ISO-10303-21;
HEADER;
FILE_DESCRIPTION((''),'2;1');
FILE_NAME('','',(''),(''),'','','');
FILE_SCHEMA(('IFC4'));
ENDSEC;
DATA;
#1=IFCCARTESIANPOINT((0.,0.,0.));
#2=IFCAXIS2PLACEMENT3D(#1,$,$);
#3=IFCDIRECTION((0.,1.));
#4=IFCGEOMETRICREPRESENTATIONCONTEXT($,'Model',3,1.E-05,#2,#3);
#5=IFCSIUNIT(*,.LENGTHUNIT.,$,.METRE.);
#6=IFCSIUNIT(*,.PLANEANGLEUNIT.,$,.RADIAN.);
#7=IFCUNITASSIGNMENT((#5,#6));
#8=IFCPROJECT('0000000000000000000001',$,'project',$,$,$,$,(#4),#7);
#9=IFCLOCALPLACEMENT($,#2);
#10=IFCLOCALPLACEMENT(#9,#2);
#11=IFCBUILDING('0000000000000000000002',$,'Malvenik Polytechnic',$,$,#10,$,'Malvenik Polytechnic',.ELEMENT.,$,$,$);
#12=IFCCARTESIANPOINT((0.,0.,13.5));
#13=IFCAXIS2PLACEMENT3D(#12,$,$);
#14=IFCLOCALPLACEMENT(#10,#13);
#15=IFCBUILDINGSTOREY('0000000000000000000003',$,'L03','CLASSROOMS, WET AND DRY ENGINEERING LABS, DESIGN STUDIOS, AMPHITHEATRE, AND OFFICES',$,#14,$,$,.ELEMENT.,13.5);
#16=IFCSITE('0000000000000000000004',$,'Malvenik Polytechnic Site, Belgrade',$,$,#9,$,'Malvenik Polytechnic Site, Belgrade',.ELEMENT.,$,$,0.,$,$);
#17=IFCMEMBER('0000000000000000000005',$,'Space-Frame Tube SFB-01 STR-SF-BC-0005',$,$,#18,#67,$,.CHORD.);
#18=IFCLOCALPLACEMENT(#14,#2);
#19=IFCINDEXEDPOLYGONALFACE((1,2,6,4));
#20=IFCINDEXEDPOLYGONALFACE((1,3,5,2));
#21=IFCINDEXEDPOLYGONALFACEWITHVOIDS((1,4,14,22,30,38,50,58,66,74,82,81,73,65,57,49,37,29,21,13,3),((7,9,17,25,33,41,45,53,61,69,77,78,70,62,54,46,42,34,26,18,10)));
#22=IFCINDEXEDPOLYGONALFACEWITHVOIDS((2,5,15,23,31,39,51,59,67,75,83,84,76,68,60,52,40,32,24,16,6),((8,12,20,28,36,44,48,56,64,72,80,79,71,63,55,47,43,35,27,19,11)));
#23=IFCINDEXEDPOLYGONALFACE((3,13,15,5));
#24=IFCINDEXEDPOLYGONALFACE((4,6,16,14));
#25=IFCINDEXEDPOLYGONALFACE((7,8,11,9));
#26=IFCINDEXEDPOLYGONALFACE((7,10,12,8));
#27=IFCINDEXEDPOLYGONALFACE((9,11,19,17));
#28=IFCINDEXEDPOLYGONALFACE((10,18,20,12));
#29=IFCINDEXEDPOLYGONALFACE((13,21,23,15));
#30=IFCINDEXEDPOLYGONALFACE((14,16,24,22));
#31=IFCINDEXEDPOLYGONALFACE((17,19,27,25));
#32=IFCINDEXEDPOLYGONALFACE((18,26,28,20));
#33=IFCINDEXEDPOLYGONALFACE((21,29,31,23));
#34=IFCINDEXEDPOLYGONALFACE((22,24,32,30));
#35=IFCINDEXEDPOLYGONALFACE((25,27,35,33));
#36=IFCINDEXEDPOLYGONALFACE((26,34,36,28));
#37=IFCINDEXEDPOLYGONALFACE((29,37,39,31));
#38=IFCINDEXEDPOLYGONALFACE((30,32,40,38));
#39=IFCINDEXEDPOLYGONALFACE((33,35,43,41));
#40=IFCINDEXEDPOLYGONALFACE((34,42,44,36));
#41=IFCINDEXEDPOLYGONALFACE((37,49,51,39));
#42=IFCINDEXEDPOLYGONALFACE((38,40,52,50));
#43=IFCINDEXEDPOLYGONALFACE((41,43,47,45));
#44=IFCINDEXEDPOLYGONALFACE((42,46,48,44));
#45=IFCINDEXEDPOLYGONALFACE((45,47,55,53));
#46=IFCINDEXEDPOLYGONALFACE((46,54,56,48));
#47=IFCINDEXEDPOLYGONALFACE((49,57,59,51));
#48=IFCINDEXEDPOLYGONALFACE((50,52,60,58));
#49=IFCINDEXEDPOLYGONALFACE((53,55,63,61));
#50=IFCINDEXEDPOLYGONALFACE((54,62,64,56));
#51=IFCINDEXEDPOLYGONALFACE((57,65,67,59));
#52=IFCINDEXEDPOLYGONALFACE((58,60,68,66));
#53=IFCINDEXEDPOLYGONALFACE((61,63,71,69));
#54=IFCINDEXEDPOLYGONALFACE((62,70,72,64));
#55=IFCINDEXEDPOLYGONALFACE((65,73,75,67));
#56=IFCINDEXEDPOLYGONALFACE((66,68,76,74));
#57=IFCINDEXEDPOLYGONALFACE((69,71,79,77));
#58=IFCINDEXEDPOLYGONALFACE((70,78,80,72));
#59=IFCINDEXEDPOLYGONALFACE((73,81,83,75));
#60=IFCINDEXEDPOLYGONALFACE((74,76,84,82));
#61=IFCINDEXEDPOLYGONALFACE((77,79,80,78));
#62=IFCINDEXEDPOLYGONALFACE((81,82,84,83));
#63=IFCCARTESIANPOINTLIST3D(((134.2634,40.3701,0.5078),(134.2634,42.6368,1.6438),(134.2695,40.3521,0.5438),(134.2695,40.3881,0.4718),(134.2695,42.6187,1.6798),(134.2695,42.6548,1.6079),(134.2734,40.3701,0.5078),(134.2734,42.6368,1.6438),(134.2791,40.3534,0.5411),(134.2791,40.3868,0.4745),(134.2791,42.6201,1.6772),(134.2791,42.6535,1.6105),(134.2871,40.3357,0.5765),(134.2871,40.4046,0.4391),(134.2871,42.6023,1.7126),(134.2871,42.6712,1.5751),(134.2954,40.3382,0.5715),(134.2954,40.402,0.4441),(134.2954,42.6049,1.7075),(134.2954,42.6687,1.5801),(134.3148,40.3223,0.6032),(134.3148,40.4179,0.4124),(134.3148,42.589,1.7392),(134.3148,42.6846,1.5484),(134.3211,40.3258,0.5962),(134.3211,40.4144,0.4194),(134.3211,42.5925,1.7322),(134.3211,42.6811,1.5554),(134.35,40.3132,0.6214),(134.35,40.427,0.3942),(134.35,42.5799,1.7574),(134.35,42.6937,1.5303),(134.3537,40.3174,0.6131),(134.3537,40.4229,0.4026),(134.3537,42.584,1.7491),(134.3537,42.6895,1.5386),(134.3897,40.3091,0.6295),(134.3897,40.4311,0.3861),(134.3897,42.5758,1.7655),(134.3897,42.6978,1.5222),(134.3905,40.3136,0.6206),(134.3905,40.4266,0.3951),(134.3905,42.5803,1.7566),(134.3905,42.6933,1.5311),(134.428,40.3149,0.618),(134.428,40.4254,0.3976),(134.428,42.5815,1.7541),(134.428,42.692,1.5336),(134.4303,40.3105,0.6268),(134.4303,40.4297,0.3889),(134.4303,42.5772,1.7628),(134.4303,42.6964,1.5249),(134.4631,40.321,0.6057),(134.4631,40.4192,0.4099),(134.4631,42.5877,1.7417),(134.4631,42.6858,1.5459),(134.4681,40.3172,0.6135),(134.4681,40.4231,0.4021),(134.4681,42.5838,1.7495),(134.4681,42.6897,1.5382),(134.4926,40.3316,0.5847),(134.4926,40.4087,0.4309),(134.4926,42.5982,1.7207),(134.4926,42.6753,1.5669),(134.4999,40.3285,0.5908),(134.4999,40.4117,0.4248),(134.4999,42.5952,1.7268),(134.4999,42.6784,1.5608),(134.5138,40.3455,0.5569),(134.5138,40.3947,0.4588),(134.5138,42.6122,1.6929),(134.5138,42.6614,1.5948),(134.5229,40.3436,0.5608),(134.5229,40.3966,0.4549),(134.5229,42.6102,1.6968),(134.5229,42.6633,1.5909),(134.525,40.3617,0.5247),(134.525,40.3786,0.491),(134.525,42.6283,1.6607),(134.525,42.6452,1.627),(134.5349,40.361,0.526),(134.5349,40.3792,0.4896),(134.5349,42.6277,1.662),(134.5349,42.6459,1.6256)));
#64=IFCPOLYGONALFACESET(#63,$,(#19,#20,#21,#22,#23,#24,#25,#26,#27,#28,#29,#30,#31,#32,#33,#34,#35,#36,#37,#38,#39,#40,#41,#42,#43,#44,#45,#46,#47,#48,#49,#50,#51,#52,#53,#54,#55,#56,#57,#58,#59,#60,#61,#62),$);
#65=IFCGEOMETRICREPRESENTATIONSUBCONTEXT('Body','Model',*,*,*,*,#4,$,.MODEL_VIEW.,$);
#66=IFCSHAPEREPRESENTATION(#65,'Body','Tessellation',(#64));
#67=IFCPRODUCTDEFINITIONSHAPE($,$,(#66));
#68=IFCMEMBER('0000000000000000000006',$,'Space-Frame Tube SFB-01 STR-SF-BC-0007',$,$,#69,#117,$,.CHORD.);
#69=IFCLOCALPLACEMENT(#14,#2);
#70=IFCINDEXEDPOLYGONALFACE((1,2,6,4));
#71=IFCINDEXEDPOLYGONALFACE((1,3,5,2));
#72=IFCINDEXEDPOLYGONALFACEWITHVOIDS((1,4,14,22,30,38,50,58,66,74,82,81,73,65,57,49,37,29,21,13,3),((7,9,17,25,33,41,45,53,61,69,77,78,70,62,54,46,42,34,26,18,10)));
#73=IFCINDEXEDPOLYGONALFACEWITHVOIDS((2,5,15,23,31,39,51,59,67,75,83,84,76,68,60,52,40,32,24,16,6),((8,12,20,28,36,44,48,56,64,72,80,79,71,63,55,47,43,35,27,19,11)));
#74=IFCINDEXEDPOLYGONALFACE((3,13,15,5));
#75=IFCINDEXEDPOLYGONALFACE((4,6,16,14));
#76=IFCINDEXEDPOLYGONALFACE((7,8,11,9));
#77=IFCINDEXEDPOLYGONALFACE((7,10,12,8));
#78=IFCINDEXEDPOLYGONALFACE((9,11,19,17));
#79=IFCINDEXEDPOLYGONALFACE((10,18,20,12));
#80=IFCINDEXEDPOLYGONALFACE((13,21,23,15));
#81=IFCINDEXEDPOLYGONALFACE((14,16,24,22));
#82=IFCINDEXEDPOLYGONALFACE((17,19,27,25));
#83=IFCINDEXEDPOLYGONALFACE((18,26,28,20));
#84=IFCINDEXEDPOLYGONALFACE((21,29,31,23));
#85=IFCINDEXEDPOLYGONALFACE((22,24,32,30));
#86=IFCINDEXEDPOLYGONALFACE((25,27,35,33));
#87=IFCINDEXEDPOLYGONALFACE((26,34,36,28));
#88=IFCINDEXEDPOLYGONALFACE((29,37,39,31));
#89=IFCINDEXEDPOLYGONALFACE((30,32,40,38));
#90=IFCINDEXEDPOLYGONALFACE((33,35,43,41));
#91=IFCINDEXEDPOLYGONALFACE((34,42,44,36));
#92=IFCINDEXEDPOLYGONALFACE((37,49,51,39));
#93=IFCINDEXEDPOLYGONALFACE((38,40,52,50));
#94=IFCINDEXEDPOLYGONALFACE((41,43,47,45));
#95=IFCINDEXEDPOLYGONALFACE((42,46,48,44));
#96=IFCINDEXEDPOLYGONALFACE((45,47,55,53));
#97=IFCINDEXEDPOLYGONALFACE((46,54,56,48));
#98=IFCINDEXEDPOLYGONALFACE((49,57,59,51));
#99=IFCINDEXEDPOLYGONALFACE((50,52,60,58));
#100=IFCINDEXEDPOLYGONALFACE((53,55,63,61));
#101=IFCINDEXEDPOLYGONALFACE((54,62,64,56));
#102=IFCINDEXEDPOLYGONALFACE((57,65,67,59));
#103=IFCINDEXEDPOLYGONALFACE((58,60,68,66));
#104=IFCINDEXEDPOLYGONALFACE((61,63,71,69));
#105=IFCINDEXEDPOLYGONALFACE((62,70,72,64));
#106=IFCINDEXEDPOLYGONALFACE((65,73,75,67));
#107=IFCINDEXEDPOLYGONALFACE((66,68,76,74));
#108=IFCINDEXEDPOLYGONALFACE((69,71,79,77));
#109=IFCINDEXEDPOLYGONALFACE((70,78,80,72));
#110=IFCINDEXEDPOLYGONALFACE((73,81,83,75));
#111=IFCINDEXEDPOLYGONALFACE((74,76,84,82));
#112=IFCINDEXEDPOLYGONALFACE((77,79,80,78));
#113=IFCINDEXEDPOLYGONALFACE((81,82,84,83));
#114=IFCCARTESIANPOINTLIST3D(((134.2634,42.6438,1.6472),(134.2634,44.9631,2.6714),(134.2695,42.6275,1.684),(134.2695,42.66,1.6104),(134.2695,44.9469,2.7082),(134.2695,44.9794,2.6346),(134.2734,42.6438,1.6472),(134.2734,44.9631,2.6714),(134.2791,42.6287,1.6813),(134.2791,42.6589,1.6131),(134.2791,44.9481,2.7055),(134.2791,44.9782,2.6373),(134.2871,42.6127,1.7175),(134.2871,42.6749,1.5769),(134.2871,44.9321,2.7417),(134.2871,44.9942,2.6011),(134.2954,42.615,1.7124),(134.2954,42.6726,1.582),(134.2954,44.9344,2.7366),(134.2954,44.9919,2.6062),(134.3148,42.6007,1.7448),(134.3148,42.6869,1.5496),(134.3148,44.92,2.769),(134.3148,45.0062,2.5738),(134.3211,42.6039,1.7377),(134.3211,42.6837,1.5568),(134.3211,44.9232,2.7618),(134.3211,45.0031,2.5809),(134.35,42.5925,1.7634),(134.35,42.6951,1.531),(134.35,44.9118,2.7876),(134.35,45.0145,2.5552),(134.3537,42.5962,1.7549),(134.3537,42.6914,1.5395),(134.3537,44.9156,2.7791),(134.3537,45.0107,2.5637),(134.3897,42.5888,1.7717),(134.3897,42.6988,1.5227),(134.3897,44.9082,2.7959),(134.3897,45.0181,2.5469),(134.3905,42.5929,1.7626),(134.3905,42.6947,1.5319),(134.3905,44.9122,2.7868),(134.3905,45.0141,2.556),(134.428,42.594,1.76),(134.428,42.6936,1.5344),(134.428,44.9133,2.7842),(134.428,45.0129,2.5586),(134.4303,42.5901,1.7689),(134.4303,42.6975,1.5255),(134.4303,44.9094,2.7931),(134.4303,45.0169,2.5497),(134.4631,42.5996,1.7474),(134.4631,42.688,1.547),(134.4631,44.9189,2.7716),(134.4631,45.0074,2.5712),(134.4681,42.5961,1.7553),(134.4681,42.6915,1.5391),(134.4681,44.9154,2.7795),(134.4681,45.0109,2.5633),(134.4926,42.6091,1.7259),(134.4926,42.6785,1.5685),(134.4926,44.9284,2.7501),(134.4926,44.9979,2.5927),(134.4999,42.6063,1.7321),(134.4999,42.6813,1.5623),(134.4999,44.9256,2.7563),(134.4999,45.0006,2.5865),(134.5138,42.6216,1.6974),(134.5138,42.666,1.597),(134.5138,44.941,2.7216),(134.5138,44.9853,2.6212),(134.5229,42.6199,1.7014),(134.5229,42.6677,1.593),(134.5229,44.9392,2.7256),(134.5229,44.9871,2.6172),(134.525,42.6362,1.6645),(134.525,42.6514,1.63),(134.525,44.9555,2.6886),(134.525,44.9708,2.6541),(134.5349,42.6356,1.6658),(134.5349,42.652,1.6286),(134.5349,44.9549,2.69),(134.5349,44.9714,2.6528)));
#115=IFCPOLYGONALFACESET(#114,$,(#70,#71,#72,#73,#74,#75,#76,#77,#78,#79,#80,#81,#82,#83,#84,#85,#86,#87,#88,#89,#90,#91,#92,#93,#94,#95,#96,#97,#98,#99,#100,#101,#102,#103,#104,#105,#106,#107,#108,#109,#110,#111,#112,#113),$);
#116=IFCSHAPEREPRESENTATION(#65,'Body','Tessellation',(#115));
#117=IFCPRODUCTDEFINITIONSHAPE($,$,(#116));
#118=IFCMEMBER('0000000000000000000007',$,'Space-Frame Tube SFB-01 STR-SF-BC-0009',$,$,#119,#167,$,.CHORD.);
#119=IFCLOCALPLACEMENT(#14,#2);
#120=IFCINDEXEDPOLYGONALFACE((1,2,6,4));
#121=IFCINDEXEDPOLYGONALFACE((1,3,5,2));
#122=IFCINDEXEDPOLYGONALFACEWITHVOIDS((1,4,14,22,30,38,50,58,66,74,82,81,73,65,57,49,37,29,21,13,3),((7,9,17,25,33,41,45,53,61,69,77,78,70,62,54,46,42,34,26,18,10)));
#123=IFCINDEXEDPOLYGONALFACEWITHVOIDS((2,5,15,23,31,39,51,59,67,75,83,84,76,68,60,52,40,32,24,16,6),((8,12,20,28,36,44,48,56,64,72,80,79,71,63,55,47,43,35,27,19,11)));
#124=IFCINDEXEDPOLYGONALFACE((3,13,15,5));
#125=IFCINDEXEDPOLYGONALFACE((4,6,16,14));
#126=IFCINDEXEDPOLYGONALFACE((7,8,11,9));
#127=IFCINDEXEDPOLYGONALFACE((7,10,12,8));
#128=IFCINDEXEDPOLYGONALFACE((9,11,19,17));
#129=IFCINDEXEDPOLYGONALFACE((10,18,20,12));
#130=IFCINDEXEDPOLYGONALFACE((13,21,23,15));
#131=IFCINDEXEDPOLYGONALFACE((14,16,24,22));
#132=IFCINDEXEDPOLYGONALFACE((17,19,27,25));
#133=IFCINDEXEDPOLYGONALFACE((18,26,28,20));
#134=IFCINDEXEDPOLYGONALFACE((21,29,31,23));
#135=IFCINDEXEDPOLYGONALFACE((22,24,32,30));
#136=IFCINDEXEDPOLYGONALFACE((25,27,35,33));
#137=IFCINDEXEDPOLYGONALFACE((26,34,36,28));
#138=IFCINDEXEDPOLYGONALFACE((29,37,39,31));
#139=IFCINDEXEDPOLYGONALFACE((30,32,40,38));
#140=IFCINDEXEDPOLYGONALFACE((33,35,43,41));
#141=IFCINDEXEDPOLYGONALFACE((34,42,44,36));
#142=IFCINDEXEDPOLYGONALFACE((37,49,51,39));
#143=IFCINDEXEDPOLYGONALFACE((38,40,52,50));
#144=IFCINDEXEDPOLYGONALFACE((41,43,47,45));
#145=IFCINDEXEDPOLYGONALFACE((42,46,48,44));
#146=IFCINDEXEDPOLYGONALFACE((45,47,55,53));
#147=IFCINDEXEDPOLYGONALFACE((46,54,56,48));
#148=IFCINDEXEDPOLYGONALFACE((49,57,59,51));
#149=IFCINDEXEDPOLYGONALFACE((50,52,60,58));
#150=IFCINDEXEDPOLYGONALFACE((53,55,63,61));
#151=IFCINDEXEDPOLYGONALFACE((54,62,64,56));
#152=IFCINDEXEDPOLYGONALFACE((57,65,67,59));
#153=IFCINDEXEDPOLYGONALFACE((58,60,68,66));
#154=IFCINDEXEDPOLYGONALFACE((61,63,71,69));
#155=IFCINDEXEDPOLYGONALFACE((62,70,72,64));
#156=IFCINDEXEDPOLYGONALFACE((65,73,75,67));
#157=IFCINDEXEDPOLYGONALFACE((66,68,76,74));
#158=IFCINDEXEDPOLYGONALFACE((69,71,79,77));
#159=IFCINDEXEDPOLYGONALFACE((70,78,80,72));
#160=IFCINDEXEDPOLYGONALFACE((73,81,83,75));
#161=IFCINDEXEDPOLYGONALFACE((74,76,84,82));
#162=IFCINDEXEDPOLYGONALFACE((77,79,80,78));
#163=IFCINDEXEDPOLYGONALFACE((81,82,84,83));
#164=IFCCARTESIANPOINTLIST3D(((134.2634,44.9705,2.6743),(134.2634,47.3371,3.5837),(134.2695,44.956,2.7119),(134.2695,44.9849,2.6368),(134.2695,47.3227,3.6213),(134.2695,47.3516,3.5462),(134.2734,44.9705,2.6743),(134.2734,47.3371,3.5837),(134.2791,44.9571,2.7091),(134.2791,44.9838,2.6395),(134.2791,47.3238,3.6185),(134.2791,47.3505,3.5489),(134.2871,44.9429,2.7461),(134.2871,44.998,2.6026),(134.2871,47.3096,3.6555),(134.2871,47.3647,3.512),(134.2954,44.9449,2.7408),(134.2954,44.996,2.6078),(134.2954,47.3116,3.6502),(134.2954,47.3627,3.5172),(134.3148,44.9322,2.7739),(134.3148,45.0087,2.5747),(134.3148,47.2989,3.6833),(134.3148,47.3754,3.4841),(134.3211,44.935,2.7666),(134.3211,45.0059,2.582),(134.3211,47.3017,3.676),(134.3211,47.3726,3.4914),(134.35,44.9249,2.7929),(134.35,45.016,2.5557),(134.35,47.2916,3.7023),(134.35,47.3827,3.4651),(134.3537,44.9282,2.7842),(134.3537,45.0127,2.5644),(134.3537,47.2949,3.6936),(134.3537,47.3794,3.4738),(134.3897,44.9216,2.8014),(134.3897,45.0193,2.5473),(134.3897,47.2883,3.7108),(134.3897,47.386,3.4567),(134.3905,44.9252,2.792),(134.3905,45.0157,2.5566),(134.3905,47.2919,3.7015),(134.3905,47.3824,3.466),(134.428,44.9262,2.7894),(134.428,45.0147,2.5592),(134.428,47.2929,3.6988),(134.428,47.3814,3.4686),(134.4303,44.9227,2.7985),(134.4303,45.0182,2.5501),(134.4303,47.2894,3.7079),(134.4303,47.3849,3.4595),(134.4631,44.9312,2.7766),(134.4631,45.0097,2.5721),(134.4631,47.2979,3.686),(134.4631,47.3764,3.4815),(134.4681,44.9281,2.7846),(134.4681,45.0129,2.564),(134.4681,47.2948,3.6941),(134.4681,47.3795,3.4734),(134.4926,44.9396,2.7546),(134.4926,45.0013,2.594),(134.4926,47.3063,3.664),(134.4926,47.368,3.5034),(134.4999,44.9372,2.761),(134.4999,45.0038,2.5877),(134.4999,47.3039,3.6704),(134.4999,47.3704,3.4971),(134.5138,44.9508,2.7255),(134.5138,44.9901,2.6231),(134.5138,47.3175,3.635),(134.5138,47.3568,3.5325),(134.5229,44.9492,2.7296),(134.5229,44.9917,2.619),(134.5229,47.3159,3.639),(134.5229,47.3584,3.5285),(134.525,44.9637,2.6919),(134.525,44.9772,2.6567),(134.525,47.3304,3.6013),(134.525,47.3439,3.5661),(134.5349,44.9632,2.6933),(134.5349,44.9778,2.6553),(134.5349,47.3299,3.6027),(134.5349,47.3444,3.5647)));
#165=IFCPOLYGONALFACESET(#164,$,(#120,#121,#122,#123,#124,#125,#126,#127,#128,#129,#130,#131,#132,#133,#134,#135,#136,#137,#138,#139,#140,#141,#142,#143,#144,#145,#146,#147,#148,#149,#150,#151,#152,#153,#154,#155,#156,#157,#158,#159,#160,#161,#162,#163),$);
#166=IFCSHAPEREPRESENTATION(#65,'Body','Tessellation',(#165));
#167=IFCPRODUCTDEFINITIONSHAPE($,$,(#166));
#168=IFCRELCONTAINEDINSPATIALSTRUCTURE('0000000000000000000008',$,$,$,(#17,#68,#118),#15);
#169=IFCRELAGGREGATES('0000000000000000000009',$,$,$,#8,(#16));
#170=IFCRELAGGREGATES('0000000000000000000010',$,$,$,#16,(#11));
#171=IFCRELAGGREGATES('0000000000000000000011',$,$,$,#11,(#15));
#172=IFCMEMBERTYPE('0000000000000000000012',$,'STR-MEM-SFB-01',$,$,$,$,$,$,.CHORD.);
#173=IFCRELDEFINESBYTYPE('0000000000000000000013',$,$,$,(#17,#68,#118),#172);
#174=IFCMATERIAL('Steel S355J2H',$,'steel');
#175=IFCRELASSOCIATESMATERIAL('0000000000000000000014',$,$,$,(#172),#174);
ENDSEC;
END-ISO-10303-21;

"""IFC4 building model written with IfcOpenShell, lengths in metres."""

from ifc_helpers import new_model, si_unit, direction, frame, origin, origin_2d, place, context, subcontext, project, spatial, hollow_circle, extrude, material, material_profile, profile_set, type_object, element, save


model = new_model("IFC4")

# Units and contexts
model_context = context("Model", 3, precision=1e-05, world=origin(), true_north=direction((0.0, 1.0)))
body_context = subcontext(model_context, "Body", "Model", "MODEL_VIEW")
ifc_project = project(units=[si_unit("LENGTHUNIT", "METRE"), si_unit("PLANEANGLEUNIT", "RADIAN")], contexts=[model_context])

# Site, building, storey
site_placement = place(None, origin())
site = spatial("IfcSite", under=ifc_project, at=site_placement, Name="Malvenik Polytechnic Site, Belgrade", LongName="Malvenik Polytechnic Site, Belgrade", CompositionType="ELEMENT", RefElevation=0.0)
building_placement = place(site_placement, origin())
building = spatial("IfcBuilding", under=site, at=building_placement, Name="Malvenik Polytechnic", LongName="Malvenik Polytechnic", CompositionType="ELEMENT")
storey_placement = place(building_placement, frame((0.0, 0.0, 13.5)))
storey = spatial("IfcBuildingStorey", under=building, at=storey_placement, Name="L03", Description="CLASSROOMS, WET AND DRY ENGINEERING LABS, DESIGN STUDIOS, AMPHITHEATRE, AND OFFICES", CompositionType="ELEMENT", Elevation=13.5)

# Members
ifc_material_1 = material(Name="Steel S355J2H", Category="steel")
ifc_material_profile_1 = material_profile(ifc_material_1, hollow_circle(Radius=0.1365, WallThickness=0.01, at=origin_2d()), Name="CHS 273.0x10.0")
ifc_profile_set_1 = profile_set([ifc_material_profile_1], Name="Steel S355J2H")
member_type_1 = type_object("IfcMemberType", Name="STR-MEM-SFB-01", PredefinedType="CHORD", material=ifc_profile_set_1)
for number, where, z_axis, x_axis, name in (
    (1, (134.3999, 40.3701, 0.5078), (0.0, 0.894003, 0.448061), (-1.0, 0.0, 0.0), "Space-Frame Tube SFB-01 STR-SF-BC-0005"),
    (2, (134.3999, 42.6438, 1.6472), (0.0, 0.914782, 0.403948), (-1.0, 0.0, 0.0), "Space-Frame Tube SFB-01 STR-SF-BC-0007"),
    (3, (134.3999, 44.9705, 2.6743), (0.0, 0.933457, 0.358689), (-1.0, 0.0, 0.0), "Space-Frame Tube SFB-01 STR-SF-BC-0009"),
):
    element("IfcMember", number, at=place(storey_placement, frame(where, z_axis=z_axis, x_axis=x_axis)), inside=storey, type_object=member_type_1, Name=name, PredefinedType="CHORD", context=body_context, shape_type="SweptSolid", body=[
        extrude(hollow_circle(Radius=0.1365, WallThickness=0.01, at=origin_2d()), origin(), (0.0, 0.0, 1.0), 2.5354),
    ])

save(model, "model.ifc")
